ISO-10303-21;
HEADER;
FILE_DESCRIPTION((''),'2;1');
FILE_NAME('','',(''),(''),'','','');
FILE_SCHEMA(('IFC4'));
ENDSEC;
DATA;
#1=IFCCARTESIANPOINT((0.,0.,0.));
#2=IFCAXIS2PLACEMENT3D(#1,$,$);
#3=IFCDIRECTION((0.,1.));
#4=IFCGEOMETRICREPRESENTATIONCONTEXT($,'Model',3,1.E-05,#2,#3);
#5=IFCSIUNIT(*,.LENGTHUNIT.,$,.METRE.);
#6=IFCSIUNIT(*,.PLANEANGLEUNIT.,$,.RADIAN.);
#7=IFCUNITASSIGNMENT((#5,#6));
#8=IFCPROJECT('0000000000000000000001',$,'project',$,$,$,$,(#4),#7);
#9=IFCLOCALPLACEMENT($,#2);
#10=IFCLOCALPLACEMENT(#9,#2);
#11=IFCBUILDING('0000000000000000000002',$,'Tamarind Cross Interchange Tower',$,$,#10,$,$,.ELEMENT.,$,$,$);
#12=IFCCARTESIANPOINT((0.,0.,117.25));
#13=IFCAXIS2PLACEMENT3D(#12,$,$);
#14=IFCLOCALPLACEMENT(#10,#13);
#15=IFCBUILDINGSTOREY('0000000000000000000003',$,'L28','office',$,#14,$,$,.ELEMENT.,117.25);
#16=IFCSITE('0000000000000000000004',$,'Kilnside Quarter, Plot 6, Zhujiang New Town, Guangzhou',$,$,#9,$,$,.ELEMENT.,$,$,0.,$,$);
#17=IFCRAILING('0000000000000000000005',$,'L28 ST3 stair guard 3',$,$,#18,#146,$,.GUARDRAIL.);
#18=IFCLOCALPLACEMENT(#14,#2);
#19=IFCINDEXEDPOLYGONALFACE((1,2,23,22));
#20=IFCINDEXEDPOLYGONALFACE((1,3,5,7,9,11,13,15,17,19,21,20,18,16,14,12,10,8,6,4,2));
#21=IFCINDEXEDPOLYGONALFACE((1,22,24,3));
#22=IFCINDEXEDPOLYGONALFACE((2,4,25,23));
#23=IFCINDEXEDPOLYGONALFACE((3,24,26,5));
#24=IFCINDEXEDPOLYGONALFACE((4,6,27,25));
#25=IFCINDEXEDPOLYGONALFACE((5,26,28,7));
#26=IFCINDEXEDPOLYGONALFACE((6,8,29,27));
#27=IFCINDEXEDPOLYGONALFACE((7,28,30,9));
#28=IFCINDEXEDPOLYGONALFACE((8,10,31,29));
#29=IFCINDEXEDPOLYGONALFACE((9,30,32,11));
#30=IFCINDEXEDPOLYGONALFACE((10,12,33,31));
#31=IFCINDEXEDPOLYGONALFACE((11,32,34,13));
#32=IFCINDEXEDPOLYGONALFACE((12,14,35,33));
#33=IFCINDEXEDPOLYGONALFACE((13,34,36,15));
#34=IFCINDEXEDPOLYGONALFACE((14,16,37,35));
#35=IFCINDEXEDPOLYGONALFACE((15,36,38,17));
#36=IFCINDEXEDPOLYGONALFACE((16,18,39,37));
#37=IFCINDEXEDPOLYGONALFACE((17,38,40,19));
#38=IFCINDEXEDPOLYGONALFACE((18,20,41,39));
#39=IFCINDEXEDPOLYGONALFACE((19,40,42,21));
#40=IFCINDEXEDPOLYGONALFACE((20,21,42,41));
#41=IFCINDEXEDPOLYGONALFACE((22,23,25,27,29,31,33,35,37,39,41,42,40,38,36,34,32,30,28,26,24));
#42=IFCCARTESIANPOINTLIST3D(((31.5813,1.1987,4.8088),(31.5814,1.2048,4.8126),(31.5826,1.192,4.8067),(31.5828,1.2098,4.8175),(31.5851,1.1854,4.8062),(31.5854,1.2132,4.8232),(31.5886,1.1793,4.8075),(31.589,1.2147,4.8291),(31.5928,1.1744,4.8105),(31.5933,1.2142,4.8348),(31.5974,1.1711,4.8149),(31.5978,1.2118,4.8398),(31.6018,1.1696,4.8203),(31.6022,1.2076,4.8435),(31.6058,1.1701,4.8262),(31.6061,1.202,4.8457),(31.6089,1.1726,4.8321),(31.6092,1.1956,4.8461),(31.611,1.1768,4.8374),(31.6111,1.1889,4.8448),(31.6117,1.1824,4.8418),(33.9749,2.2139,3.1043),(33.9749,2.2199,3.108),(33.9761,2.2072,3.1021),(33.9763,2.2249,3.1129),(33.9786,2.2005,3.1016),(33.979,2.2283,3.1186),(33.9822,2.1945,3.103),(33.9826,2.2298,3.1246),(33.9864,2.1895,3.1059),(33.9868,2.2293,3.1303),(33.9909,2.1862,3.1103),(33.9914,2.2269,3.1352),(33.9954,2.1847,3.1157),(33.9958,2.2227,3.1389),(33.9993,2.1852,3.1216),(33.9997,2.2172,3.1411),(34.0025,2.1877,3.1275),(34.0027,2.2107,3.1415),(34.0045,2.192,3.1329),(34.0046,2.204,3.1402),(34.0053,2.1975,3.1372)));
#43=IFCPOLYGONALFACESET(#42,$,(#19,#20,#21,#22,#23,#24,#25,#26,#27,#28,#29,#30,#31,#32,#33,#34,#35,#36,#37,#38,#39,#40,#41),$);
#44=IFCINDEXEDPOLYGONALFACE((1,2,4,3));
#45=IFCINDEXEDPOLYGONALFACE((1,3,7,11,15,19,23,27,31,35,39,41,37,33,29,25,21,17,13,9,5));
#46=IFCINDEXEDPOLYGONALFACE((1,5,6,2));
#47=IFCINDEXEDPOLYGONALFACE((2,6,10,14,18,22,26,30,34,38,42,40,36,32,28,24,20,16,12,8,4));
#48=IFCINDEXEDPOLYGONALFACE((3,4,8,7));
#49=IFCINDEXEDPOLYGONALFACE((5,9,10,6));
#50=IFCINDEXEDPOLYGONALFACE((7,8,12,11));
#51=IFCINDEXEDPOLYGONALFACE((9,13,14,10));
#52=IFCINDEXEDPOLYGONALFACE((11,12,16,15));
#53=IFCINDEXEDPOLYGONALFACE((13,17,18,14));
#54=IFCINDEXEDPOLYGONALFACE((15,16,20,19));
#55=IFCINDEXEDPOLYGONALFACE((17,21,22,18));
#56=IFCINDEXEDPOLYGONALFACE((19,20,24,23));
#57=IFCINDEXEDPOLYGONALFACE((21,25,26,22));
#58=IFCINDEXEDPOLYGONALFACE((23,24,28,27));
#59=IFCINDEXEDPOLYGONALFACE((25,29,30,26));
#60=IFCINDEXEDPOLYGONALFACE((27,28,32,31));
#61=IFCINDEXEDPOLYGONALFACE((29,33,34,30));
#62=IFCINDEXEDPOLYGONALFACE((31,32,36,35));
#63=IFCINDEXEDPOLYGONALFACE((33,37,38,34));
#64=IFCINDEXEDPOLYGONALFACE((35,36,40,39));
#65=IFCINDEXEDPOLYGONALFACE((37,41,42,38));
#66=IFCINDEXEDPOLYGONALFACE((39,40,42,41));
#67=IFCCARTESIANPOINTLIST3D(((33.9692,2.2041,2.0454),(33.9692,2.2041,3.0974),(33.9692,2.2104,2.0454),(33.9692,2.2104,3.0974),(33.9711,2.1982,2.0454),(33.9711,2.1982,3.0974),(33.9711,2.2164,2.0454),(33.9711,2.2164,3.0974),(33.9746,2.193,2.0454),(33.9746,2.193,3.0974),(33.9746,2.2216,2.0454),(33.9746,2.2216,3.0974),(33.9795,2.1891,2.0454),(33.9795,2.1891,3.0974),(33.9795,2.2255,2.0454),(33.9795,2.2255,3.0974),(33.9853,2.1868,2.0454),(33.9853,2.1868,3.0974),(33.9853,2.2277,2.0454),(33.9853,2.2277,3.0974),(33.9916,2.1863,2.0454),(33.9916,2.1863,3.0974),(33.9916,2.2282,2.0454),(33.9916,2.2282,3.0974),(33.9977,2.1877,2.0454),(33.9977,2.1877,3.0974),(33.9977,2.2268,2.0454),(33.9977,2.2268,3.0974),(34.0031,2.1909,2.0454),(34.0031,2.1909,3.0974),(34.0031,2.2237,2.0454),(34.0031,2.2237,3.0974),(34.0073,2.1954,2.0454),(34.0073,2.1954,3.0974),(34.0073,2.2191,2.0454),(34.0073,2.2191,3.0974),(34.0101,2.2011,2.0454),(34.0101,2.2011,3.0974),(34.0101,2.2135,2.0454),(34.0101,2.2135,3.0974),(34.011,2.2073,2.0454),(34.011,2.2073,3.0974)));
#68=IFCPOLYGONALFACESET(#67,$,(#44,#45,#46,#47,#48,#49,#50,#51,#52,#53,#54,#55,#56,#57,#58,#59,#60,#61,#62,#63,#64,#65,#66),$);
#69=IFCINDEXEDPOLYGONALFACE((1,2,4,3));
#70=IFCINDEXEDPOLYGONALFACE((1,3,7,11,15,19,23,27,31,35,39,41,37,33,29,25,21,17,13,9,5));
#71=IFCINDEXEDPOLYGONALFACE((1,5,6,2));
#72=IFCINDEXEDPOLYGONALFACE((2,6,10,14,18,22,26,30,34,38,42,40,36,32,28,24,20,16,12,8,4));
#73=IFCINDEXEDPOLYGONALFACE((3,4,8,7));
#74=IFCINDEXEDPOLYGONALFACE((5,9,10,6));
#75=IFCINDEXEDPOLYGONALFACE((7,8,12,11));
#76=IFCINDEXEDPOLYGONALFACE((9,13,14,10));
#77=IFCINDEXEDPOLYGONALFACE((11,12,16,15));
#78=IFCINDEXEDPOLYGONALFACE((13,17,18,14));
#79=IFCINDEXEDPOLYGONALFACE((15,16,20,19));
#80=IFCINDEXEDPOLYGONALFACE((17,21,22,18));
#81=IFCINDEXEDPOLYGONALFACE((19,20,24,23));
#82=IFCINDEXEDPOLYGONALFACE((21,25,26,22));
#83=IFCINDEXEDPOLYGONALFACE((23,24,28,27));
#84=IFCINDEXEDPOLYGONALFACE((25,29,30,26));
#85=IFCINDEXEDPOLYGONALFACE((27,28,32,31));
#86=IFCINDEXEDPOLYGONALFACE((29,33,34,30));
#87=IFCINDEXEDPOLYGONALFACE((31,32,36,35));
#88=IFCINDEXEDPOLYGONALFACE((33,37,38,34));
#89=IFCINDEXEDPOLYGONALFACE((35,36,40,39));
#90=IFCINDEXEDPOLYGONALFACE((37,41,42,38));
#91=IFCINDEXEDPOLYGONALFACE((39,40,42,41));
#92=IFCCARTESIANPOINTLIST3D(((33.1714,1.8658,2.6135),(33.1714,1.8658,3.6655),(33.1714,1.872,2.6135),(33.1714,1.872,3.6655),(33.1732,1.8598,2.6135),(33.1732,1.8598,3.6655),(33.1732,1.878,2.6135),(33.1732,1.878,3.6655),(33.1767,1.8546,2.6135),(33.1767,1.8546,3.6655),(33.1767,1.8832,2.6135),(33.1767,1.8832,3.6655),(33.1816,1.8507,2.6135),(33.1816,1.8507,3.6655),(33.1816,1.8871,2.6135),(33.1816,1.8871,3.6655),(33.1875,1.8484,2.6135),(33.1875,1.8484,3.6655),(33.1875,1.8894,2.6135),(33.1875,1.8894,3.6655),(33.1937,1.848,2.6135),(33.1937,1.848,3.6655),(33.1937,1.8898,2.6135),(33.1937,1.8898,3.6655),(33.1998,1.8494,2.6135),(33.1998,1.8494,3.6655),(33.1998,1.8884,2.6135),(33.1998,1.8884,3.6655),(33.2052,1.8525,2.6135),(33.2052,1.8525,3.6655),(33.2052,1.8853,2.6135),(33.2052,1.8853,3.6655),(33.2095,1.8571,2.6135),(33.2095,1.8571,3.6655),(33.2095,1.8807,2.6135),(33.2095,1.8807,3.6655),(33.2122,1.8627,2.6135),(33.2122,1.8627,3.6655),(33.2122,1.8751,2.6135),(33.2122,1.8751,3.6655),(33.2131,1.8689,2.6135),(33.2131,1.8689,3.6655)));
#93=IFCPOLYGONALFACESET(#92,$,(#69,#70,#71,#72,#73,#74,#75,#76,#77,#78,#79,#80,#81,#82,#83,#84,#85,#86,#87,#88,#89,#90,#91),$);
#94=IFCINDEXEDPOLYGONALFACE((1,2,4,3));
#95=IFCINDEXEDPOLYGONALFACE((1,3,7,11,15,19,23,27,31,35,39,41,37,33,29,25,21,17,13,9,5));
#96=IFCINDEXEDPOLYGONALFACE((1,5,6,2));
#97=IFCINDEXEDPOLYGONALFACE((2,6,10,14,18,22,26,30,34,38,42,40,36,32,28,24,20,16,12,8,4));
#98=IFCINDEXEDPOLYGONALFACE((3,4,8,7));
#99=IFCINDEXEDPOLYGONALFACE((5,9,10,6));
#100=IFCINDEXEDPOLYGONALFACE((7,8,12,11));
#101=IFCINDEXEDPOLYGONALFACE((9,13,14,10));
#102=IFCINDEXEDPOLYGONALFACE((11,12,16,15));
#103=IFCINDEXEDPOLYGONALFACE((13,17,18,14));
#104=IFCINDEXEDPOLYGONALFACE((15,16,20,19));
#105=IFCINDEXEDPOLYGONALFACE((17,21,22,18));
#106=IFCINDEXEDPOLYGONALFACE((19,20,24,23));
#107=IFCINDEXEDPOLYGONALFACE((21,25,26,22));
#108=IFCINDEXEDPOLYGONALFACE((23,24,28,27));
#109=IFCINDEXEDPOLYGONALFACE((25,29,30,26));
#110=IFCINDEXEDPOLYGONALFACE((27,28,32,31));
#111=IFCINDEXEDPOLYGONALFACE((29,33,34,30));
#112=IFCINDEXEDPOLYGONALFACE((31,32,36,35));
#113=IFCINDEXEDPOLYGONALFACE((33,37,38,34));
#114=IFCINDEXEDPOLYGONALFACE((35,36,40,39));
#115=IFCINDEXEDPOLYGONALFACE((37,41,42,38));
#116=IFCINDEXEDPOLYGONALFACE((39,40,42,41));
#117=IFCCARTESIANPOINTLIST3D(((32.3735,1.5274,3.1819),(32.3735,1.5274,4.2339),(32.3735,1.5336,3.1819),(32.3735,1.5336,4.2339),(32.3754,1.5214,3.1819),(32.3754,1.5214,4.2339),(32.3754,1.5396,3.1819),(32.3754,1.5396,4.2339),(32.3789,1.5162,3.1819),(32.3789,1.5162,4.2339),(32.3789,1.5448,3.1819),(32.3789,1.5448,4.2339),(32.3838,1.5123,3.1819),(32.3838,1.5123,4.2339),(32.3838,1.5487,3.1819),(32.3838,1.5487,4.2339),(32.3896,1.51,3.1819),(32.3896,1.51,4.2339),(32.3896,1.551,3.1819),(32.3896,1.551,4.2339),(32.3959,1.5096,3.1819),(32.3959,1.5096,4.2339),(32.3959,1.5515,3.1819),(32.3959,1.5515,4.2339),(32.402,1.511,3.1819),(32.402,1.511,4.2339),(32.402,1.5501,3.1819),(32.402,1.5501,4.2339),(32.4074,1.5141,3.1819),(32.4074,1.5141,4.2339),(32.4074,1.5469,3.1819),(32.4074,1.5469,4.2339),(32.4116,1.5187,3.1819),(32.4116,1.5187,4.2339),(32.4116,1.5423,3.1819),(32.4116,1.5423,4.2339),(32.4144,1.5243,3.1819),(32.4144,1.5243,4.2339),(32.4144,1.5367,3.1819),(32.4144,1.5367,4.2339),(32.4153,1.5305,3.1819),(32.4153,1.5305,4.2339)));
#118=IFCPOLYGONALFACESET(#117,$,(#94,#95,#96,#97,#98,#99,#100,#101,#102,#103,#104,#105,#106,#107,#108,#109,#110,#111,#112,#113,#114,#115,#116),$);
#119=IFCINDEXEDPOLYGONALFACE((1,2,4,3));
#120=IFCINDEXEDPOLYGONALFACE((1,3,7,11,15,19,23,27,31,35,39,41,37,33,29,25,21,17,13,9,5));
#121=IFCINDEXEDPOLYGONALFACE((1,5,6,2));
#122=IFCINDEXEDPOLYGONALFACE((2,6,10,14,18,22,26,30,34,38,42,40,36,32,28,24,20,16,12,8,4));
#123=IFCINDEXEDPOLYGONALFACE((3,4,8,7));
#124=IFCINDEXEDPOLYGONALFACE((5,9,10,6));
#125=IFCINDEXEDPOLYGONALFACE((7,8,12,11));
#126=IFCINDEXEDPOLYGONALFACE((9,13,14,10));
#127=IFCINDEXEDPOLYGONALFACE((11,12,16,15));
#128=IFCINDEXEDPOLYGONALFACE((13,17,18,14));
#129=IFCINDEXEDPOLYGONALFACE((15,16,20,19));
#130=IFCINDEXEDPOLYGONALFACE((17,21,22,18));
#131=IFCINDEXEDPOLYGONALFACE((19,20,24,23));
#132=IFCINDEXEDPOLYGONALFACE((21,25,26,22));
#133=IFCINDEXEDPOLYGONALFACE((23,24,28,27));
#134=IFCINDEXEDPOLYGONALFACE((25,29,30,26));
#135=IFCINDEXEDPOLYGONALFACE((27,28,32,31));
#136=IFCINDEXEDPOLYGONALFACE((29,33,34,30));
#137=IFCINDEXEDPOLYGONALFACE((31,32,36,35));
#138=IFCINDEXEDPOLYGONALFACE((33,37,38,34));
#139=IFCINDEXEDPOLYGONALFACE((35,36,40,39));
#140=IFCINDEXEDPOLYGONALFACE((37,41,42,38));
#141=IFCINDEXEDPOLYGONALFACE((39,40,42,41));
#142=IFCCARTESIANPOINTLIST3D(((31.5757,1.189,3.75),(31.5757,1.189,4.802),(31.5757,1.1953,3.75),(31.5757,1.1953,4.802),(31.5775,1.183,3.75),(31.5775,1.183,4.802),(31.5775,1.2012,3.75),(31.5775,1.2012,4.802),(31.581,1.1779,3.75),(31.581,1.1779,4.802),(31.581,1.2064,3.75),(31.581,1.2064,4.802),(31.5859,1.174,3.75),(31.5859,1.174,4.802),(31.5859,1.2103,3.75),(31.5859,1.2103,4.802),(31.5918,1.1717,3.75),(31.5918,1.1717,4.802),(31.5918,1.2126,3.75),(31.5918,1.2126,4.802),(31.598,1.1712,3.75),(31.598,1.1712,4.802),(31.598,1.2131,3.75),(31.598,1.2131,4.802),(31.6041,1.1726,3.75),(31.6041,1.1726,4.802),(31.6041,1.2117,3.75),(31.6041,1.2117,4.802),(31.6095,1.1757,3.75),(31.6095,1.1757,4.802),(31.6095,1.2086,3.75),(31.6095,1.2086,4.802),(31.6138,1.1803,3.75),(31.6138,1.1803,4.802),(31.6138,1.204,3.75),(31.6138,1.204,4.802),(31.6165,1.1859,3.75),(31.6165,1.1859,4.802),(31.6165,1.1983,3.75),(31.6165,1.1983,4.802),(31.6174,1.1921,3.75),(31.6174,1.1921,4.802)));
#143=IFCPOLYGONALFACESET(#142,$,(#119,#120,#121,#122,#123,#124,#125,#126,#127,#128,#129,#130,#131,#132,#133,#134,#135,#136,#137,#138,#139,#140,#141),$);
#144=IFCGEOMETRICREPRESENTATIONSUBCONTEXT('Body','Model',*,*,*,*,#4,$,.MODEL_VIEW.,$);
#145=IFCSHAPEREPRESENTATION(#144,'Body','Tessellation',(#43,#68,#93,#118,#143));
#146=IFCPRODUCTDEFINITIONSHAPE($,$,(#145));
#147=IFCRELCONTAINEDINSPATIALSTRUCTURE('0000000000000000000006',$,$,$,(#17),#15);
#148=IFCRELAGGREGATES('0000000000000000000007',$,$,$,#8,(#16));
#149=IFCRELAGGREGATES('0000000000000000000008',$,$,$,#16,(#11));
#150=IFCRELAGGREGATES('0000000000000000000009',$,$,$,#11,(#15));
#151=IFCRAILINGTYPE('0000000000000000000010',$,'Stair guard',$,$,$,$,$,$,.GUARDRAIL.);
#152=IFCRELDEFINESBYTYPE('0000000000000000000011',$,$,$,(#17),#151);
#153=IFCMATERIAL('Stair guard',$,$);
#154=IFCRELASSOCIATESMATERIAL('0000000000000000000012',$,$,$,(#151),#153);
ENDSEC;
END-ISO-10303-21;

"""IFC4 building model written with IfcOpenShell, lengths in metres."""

from ifc_helpers import new_model, si_unit, direction, frame, origin, origin_2d, place, context, subcontext, project, spatial, circle, extrude, material, type_object, element, save


model = new_model("IFC4")

# Units and contexts
model_context = context("Model", 3, precision=1e-05, world=origin(), true_north=direction((0.0, 1.0)))
body_context = subcontext(model_context, "Body", "Model", "MODEL_VIEW")
ifc_project = project(units=[si_unit("LENGTHUNIT", "METRE"), si_unit("PLANEANGLEUNIT", "RADIAN")], contexts=[model_context])

# Site, building, storey
site_placement = place(None, origin())
site = spatial("IfcSite", under=ifc_project, at=site_placement, Name="Kilnside Quarter, Plot 6, Zhujiang New Town, Guangzhou", CompositionType="ELEMENT", RefElevation=0.0)
building_placement = place(site_placement, origin())
building = spatial("IfcBuilding", under=site, at=building_placement, Name="Tamarind Cross Interchange Tower", CompositionType="ELEMENT")
storey_placement = place(building_placement, frame((0.0, 0.0, 117.25)))
storey = spatial("IfcBuildingStorey", under=building, at=storey_placement, Name="L28", Description="office", CompositionType="ELEMENT", Elevation=117.25)

# Railing
ifc_material_1 = material(Name="Stair guard")
railing_type_1 = type_object("IfcRailingType", Name="Stair guard", PredefinedType="GUARDRAIL", material=ifc_material_1)
railing_1_placement = place(storey_placement, frame((33.99, 2.2073, 2.0454)))
element("IfcRailing", 1, at=railing_1_placement, inside=storey, type_object=railing_type_1, Name="L28 ST3 stair guard 3", PredefinedType="GUARDRAIL", context=body_context, shape_type="SweptSolid", body=[
    extrude(circle(Radius=0.0239, at=origin_2d()), frame((0.0, 0.0, 1.0762), z_axis=(-0.769905, -0.326526, 0.548294), x_axis=(0.390449, -0.920625, 0.0)), (0.0, 0.0, 1.0), 3.1089),
    extrude(circle(Radius=0.021, at=origin_2d()), origin(), (0.0, 0.0, 1.0), 1.052),
    extrude(circle(Radius=0.021, at=origin_2d()), frame((-0.7979, -0.3384, 0.5681)), (0.0, 0.0, 1.0), 1.052),
    extrude(circle(Radius=0.021, at=origin_2d()), frame((-1.5957, -0.6768, 1.1365)), (0.0, 0.0, 1.0), 1.052),
    extrude(circle(Radius=0.021, at=origin_2d()), frame((-2.3936, -1.0151, 1.7046)), (0.0, 0.0, 1.0), 1.052),
])

save(model, "model.ifc")
